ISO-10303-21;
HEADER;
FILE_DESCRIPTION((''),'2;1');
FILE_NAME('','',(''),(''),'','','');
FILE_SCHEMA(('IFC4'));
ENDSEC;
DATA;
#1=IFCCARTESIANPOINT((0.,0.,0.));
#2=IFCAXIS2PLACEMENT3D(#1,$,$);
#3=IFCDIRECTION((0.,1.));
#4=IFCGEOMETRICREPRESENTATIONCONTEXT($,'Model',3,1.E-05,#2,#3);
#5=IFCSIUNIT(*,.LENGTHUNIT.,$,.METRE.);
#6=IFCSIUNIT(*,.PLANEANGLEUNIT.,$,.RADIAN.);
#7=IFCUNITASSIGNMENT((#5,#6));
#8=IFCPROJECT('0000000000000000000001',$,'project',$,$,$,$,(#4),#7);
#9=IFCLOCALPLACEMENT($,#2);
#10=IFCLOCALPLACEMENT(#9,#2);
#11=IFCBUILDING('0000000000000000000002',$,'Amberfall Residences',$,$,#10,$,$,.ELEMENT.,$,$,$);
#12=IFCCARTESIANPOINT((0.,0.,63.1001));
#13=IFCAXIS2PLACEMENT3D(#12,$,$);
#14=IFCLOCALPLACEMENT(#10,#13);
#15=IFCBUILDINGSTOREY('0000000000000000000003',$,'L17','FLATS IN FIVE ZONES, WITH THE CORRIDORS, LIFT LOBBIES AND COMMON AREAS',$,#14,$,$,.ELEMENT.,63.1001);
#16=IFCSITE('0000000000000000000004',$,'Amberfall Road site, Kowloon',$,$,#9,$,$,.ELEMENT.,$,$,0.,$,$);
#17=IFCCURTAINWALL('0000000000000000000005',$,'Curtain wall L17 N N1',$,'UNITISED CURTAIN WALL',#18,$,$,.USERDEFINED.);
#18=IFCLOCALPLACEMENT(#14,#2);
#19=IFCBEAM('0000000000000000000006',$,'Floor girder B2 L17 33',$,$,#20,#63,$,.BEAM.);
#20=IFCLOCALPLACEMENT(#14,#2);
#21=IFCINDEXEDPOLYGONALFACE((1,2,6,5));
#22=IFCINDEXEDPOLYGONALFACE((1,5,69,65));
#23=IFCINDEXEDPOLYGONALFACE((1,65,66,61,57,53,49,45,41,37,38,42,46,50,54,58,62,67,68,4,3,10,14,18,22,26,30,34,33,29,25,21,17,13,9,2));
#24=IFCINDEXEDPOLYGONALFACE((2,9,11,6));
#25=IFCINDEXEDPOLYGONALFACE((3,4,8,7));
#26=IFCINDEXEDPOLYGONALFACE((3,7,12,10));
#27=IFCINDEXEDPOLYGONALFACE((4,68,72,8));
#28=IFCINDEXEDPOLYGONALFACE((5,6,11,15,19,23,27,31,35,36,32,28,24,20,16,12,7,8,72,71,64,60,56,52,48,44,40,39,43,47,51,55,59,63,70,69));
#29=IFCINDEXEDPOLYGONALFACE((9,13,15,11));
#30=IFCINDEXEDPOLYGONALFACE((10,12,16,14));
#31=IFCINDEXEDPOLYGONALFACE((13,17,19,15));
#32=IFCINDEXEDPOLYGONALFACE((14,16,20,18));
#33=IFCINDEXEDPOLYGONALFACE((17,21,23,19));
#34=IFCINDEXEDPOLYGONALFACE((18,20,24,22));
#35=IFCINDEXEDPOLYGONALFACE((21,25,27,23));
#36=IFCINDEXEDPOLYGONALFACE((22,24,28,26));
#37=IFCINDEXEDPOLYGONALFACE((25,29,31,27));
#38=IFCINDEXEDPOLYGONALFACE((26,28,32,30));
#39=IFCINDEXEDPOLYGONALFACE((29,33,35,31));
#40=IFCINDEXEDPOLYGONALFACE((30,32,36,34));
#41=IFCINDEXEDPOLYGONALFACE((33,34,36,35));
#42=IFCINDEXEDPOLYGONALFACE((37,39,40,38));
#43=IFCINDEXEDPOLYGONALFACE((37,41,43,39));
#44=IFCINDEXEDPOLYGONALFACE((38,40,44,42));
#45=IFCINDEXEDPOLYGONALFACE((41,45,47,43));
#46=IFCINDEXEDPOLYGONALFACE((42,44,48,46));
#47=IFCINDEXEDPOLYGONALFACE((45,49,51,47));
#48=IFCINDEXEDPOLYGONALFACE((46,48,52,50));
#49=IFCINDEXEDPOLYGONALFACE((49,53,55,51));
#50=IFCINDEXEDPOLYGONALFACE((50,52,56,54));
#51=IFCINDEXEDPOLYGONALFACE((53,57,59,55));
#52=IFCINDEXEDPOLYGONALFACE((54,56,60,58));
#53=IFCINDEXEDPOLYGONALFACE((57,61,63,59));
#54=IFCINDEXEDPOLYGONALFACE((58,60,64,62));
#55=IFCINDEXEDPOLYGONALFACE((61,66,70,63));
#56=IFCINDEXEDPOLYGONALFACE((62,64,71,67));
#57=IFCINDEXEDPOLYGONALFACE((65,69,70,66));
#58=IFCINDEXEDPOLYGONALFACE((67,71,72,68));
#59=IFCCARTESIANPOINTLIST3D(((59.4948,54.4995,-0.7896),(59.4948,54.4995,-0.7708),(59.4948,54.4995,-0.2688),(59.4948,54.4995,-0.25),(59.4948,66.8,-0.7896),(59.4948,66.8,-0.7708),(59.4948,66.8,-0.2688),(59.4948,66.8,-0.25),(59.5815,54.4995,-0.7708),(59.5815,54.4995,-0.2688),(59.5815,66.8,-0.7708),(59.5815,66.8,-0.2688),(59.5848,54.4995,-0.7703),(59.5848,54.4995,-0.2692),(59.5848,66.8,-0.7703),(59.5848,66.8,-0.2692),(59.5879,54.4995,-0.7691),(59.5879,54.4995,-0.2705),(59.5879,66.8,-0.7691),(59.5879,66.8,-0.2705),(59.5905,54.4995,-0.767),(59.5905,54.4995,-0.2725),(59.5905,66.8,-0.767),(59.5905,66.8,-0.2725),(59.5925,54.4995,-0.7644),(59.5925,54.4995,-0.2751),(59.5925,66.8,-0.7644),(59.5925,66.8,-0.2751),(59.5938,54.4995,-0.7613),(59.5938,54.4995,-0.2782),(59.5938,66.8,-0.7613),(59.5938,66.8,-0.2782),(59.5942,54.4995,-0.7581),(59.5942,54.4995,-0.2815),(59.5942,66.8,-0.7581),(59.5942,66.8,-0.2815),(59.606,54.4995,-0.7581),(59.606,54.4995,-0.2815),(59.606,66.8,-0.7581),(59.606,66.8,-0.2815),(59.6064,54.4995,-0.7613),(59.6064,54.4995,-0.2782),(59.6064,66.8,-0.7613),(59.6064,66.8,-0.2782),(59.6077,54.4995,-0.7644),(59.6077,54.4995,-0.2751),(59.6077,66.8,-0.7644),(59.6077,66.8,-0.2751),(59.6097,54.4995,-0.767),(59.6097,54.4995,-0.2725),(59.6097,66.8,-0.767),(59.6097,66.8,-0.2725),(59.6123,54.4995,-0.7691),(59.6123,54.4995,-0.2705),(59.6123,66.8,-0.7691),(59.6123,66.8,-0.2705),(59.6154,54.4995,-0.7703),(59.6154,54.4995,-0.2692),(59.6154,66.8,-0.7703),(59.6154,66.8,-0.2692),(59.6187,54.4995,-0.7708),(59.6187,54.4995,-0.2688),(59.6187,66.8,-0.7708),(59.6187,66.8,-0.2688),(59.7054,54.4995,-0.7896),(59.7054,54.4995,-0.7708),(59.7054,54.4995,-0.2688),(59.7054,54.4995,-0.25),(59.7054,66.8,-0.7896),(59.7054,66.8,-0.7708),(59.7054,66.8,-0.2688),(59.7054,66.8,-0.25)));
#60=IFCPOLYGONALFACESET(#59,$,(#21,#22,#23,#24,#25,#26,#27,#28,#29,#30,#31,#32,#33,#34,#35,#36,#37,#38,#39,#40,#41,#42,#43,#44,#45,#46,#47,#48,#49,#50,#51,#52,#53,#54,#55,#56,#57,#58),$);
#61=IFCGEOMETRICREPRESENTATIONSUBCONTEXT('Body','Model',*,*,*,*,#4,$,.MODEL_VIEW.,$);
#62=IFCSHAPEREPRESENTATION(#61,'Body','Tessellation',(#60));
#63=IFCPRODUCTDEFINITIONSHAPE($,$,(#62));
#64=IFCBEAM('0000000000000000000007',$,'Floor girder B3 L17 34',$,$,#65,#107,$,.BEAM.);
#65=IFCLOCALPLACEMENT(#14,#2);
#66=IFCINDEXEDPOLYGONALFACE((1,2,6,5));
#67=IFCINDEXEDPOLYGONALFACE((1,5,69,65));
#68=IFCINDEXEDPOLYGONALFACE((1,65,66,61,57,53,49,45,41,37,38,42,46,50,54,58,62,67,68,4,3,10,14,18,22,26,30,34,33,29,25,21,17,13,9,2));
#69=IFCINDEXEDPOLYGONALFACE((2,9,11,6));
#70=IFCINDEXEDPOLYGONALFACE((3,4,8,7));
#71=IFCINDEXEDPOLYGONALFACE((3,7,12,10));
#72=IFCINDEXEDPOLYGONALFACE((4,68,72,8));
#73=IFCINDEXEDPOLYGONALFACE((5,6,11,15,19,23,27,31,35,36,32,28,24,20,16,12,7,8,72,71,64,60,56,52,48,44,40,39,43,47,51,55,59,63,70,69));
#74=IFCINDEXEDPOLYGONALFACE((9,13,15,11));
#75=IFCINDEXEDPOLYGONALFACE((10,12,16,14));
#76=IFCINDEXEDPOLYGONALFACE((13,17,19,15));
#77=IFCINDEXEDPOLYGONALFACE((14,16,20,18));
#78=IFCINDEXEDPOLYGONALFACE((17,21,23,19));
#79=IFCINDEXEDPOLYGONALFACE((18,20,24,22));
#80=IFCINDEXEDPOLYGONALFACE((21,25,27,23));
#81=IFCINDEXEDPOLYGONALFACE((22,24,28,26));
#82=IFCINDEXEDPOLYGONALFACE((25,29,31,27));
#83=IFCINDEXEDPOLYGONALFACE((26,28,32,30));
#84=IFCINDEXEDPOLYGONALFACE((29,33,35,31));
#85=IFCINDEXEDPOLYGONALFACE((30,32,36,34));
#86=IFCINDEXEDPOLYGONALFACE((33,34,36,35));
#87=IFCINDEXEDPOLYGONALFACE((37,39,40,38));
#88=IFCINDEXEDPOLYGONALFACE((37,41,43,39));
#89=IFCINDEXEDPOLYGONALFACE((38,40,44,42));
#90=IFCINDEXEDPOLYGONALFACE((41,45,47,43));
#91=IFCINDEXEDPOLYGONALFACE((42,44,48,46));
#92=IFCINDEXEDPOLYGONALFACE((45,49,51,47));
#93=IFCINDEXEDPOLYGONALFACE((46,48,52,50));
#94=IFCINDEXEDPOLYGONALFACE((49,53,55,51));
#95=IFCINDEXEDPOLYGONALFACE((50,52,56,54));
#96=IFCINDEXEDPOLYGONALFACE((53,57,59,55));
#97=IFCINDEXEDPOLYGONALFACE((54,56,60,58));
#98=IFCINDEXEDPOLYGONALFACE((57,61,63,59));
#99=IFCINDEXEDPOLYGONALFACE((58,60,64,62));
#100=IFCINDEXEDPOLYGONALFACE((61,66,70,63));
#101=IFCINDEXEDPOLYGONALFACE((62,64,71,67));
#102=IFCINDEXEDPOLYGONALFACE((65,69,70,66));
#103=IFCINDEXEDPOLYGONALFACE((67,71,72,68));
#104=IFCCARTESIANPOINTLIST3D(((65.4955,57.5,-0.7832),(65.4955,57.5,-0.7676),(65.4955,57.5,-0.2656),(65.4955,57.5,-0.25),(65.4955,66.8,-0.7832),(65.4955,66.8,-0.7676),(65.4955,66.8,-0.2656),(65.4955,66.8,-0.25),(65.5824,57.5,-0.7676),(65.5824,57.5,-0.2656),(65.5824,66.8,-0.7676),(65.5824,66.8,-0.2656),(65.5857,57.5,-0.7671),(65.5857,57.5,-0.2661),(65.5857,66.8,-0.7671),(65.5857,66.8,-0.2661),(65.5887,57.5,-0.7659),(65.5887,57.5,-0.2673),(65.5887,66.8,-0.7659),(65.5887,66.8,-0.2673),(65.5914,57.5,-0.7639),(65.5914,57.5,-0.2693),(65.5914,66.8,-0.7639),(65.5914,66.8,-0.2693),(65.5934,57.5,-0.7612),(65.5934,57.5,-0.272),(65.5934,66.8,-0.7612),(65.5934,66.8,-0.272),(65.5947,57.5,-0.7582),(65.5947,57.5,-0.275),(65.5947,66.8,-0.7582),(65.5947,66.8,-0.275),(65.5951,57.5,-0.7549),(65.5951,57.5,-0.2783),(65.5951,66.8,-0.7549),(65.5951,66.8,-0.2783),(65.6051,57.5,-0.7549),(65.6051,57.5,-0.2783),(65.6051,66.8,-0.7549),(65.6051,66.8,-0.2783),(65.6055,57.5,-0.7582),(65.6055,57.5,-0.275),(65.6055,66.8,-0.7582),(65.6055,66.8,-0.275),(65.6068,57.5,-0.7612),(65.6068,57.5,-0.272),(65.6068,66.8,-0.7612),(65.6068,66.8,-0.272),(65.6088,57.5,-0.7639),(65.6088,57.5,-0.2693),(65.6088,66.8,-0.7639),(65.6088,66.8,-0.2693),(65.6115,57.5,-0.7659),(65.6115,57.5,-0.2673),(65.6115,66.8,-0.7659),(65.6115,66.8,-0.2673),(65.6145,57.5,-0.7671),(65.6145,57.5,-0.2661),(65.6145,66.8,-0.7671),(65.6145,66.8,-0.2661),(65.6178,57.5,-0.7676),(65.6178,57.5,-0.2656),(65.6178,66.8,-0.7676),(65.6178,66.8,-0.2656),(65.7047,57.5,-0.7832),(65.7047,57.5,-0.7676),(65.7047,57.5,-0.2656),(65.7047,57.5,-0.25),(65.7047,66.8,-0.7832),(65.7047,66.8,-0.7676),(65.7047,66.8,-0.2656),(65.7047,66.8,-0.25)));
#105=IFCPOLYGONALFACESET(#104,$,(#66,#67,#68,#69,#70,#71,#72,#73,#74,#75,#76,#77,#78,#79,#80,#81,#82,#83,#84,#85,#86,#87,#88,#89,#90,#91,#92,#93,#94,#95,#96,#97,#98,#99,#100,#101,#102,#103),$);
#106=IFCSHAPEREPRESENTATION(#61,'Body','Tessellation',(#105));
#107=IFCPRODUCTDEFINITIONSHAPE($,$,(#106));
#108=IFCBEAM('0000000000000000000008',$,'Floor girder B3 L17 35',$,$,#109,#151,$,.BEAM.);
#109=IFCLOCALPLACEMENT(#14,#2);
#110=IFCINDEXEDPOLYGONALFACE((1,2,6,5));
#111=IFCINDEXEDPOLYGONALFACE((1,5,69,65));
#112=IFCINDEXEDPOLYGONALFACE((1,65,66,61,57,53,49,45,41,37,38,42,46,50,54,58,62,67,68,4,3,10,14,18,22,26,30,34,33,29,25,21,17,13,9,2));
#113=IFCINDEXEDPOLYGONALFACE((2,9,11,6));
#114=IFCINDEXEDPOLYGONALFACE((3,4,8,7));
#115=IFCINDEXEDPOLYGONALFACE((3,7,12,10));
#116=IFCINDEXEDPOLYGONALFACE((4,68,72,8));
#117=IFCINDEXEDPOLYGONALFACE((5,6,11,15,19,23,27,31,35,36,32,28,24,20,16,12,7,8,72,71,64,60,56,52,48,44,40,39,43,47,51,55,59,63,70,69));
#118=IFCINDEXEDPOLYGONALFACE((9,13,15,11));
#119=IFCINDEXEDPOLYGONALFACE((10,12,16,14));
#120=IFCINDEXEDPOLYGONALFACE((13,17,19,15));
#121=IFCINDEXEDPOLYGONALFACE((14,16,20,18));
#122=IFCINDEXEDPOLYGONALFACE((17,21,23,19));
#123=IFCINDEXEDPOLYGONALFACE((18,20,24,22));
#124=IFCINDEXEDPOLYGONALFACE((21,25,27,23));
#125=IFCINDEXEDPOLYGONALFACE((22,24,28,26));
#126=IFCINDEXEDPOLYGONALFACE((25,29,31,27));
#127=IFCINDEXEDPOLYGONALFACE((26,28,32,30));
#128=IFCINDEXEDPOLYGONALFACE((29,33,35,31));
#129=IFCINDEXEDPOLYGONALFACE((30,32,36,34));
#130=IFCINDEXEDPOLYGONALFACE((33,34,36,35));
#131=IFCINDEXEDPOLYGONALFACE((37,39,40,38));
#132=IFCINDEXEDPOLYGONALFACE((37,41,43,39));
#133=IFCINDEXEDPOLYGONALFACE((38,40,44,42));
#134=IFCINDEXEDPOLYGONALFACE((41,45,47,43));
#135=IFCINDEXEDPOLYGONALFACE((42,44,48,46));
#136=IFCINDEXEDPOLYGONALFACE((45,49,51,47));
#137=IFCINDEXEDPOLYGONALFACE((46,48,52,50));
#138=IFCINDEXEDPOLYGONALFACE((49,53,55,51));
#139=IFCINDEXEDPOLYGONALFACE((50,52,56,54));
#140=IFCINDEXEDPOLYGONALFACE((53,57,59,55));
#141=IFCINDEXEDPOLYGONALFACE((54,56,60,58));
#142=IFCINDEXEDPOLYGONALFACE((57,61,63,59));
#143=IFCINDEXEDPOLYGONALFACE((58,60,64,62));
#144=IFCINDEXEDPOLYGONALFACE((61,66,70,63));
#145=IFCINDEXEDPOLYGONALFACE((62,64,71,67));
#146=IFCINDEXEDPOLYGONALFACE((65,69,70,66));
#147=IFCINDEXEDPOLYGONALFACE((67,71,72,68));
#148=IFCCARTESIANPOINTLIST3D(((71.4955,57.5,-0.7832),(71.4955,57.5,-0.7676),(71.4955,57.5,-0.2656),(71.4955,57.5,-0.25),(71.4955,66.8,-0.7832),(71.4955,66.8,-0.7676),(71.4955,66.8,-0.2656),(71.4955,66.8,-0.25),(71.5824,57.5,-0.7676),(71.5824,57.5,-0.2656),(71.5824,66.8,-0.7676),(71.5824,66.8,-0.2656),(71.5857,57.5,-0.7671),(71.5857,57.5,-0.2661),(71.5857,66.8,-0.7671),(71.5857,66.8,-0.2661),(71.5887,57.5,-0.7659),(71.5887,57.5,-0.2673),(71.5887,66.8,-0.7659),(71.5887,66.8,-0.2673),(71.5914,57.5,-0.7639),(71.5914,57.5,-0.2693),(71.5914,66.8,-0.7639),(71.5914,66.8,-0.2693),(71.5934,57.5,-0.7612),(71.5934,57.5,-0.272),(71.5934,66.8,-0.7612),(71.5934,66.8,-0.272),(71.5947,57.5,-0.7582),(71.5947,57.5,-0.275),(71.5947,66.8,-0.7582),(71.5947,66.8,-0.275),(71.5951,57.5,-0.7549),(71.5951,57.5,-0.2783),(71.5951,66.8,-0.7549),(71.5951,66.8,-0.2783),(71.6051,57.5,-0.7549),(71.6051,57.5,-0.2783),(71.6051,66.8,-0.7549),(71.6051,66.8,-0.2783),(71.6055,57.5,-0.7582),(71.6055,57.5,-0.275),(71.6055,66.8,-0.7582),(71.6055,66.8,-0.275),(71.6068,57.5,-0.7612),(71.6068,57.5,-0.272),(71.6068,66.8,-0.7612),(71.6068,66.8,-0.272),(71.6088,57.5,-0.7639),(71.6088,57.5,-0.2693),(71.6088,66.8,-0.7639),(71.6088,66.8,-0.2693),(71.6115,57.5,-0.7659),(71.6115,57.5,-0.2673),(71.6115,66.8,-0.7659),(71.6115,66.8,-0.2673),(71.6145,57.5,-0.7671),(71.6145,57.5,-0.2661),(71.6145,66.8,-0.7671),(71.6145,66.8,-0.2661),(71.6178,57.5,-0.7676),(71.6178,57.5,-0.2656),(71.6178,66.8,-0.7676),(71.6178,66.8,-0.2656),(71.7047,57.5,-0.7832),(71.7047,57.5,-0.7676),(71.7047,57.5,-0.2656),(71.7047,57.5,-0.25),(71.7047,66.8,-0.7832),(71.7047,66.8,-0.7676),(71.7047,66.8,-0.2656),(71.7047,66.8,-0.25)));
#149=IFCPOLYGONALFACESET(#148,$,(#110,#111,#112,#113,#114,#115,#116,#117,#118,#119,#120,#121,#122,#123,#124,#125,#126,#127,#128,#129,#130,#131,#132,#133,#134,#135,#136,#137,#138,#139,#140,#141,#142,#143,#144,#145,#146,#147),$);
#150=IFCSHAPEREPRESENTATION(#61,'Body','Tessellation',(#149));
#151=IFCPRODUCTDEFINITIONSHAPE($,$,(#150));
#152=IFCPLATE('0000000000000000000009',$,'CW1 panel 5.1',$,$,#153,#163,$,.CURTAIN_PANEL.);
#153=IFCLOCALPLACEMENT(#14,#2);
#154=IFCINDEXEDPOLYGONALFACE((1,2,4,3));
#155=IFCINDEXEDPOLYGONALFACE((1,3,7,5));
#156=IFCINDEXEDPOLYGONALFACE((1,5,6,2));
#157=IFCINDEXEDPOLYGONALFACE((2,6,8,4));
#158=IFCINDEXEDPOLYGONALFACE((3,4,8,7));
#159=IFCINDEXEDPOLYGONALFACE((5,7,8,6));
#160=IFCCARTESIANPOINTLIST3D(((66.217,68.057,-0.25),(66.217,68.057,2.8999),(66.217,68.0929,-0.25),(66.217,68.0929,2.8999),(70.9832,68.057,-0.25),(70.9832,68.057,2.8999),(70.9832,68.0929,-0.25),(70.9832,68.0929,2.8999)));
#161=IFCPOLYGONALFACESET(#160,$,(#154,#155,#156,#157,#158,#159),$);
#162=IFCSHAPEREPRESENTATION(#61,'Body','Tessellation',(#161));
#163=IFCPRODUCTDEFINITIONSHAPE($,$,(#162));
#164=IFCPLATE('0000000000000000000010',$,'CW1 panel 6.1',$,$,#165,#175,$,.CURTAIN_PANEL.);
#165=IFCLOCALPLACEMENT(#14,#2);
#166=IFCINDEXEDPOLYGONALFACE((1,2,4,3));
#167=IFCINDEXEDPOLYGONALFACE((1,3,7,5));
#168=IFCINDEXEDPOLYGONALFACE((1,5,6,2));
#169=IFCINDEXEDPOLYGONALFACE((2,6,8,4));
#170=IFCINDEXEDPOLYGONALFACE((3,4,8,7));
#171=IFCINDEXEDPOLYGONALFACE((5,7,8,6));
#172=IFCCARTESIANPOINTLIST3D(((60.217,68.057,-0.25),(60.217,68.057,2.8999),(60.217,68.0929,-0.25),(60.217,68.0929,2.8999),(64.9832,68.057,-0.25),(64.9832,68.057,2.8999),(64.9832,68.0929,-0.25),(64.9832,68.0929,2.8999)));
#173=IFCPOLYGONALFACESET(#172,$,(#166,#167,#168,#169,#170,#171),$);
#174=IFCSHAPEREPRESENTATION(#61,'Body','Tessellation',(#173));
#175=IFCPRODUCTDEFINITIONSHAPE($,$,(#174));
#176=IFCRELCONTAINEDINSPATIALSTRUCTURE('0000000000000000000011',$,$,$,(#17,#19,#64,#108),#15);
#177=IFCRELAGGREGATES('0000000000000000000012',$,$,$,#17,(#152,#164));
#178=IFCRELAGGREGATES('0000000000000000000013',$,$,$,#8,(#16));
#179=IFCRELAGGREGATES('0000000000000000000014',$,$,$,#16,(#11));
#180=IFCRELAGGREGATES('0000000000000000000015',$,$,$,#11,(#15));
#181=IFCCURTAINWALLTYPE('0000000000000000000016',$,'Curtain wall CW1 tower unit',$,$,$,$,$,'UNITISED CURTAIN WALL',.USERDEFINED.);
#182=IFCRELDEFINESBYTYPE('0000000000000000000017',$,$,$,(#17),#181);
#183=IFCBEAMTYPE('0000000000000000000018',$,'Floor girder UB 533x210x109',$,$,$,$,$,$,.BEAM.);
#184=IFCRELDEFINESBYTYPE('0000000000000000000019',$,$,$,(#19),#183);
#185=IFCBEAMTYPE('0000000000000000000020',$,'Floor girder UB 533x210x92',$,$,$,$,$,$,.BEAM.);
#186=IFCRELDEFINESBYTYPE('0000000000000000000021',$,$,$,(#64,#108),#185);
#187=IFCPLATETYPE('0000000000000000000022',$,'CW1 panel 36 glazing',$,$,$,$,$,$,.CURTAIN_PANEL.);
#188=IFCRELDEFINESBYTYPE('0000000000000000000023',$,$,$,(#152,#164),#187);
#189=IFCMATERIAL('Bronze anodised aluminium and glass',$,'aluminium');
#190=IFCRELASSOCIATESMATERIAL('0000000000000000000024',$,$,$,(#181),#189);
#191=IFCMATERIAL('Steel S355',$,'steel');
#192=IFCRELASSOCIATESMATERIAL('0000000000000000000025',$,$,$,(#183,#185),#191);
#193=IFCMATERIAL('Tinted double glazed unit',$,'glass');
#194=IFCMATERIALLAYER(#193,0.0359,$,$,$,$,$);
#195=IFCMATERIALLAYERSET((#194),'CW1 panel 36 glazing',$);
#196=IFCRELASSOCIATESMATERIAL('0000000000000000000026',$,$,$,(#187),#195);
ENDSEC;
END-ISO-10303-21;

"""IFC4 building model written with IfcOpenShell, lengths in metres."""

from ifc_helpers import new_model, si_unit, direction, frame, origin, origin_2d, place, context, subcontext, project, spatial, rectangle, i_section, extrude, material, layer, layer_set, material_profile, profile_set, type_object, element, aggregate, save


model = new_model("IFC4")

# Units and contexts
model_context = context("Model", 3, precision=1e-05, world=origin(), true_north=direction((0.0, 1.0)))
body_context = subcontext(model_context, "Body", "Model", "MODEL_VIEW")
ifc_project = project(units=[si_unit("LENGTHUNIT", "METRE"), si_unit("PLANEANGLEUNIT", "RADIAN")], contexts=[model_context])

# Site, building, storey
site_placement = place(None, origin())
site = spatial("IfcSite", under=ifc_project, at=site_placement, Name="Amberfall Road site, Kowloon", CompositionType="ELEMENT", RefElevation=0.0)
building_placement = place(site_placement, origin())
building = spatial("IfcBuilding", under=site, at=building_placement, Name="Amberfall Residences", CompositionType="ELEMENT")
storey_placement = place(building_placement, frame((0.0, 0.0, 63.1001)))
storey = spatial("IfcBuildingStorey", under=building, at=storey_placement, Name="L17", Description="FLATS IN FIVE ZONES, WITH THE CORRIDORS, LIFT LOBBIES AND COMMON AREAS", CompositionType="ELEMENT", Elevation=63.1001)

# Curtain wall
ifc_material_1 = material(Name="Bronze anodised aluminium and glass", Category="aluminium")
curtain_wall_type = type_object("IfcCurtainWallType", Name="Curtain wall CW1 tower unit", ElementType="UNITISED CURTAIN WALL", PredefinedType="USERDEFINED", material=ifc_material_1)
curtain_wall_placement = place(storey_placement, origin())
curtain_wall = element("IfcCurtainWall", 1, at=curtain_wall_placement, inside=storey, type_object=curtain_wall_type, Name="Curtain wall L17 N N1", ObjectType="UNITISED CURTAIN WALL", PredefinedType="USERDEFINED")

# Shared definitions
ifc_material_2 = material(Name="Steel S355", Category="steel")

# Beams
ifc_material_profile_1 = material_profile(ifc_material_2, i_section(OverallWidth=0.2107, OverallDepth=0.5396, WebThickness=0.0117, FlangeThickness=0.0188, FilletRadius=0.0127, at=origin_2d()), Name="UB 533x210x109")
ifc_profile_set_1 = profile_set([ifc_material_profile_1], Name="Steel S355")
beam_type_1 = type_object("IfcBeamType", Name="Floor girder UB 533x210x109", PredefinedType="BEAM", material=ifc_profile_set_1)
beam_placement = place(storey_placement, frame((59.6001, 66.8, -0.5198), z_axis=(0.0, -1.0, 0.0), x_axis=(1.0, 0.0, 0.0)))
element("IfcBeam", 2, at=beam_placement, inside=storey, type_object=beam_type_1, Name="Floor girder B2 L17 33", PredefinedType="BEAM", context=body_context, shape_type="SweptSolid", body=[
    extrude(i_section(OverallWidth=0.2107, OverallDepth=0.5396, WebThickness=0.0117, FlangeThickness=0.0188, FilletRadius=0.0127, at=origin_2d()), origin(), (0.0, 0.0, 1.0), 12.3005),
])
ifc_material_profile_2 = material_profile(ifc_material_2, i_section(OverallWidth=0.2092, OverallDepth=0.5332, WebThickness=0.01, FlangeThickness=0.0156, FilletRadius=0.0127, at=origin_2d()), Name="UB 533x210x92")
ifc_profile_set_2 = profile_set([ifc_material_profile_2], Name="Steel S355")
beam_type_2 = type_object("IfcBeamType", Name="Floor girder UB 533x210x92", PredefinedType="BEAM", material=ifc_profile_set_2)
for number, where, z_axis, x_axis, name in (
    (3, (65.6001, 66.8, -0.5166), (0.0, -1.0, 0.0), (1.0, 0.0, 0.0), "Floor girder B3 L17 34"),
    (4, (71.6001, 66.8, -0.5166), (0.0, -1.0, 0.0), (1.0, 0.0, 0.0), "Floor girder B3 L17 35"),
):
    element("IfcBeam", number, at=place(storey_placement, frame(where, z_axis=z_axis, x_axis=x_axis)), inside=storey, type_object=beam_type_2, Name=name, PredefinedType="BEAM", context=body_context, shape_type="SweptSolid", body=[
        extrude(i_section(OverallWidth=0.2092, OverallDepth=0.5332, WebThickness=0.01, FlangeThickness=0.0156, FilletRadius=0.0127, at=origin_2d()), origin(), (0.0, 0.0, 1.0), 9.3),
    ])

# Plates
ifc_material_3 = material(Name="Tinted double glazed unit", Category="glass")
ifc_layer_1 = layer(ifc_material_3, 0.0359)
ifc_layer_set_1 = layer_set([ifc_layer_1], Name="CW1 panel 36 glazing")
plate_type = type_object("IfcPlateType", Name="CW1 panel 36 glazing", PredefinedType="CURTAIN_PANEL", material=ifc_layer_set_1)
plate_1_placement = place(storey_placement, frame((68.6001, 68.075, -0.25), z_axis=(0.0, 0.0, 1.0), x_axis=(-1.0, 0.0, 0.0)))
plate_1 = element("IfcPlate", 5, at=plate_1_placement, type_object=plate_type, Name="CW1 panel 5.1", PredefinedType="CURTAIN_PANEL", context=body_context, shape_type="SweptSolid", body=[
    extrude(rectangle(XDim=4.7661, YDim=0.0359, at=origin_2d()), origin(), (0.0, 0.0, 1.0), 3.1499),
])
plate_2_placement = place(storey_placement, frame((62.6001, 68.075, -0.25), z_axis=(0.0, 0.0, 1.0), x_axis=(-1.0, 0.0, 0.0)))
plate_2 = element("IfcPlate", 6, at=plate_2_placement, type_object=plate_type, Name="CW1 panel 6.1", PredefinedType="CURTAIN_PANEL", context=body_context, shape_type="SweptSolid", body=[
    extrude(rectangle(XDim=4.7661, YDim=0.0359, at=origin_2d()), origin(), (0.0, 0.0, 1.0), 3.1499),
])
aggregate(curtain_wall, [plate_1, plate_2])

save(model, "model.ifc")
